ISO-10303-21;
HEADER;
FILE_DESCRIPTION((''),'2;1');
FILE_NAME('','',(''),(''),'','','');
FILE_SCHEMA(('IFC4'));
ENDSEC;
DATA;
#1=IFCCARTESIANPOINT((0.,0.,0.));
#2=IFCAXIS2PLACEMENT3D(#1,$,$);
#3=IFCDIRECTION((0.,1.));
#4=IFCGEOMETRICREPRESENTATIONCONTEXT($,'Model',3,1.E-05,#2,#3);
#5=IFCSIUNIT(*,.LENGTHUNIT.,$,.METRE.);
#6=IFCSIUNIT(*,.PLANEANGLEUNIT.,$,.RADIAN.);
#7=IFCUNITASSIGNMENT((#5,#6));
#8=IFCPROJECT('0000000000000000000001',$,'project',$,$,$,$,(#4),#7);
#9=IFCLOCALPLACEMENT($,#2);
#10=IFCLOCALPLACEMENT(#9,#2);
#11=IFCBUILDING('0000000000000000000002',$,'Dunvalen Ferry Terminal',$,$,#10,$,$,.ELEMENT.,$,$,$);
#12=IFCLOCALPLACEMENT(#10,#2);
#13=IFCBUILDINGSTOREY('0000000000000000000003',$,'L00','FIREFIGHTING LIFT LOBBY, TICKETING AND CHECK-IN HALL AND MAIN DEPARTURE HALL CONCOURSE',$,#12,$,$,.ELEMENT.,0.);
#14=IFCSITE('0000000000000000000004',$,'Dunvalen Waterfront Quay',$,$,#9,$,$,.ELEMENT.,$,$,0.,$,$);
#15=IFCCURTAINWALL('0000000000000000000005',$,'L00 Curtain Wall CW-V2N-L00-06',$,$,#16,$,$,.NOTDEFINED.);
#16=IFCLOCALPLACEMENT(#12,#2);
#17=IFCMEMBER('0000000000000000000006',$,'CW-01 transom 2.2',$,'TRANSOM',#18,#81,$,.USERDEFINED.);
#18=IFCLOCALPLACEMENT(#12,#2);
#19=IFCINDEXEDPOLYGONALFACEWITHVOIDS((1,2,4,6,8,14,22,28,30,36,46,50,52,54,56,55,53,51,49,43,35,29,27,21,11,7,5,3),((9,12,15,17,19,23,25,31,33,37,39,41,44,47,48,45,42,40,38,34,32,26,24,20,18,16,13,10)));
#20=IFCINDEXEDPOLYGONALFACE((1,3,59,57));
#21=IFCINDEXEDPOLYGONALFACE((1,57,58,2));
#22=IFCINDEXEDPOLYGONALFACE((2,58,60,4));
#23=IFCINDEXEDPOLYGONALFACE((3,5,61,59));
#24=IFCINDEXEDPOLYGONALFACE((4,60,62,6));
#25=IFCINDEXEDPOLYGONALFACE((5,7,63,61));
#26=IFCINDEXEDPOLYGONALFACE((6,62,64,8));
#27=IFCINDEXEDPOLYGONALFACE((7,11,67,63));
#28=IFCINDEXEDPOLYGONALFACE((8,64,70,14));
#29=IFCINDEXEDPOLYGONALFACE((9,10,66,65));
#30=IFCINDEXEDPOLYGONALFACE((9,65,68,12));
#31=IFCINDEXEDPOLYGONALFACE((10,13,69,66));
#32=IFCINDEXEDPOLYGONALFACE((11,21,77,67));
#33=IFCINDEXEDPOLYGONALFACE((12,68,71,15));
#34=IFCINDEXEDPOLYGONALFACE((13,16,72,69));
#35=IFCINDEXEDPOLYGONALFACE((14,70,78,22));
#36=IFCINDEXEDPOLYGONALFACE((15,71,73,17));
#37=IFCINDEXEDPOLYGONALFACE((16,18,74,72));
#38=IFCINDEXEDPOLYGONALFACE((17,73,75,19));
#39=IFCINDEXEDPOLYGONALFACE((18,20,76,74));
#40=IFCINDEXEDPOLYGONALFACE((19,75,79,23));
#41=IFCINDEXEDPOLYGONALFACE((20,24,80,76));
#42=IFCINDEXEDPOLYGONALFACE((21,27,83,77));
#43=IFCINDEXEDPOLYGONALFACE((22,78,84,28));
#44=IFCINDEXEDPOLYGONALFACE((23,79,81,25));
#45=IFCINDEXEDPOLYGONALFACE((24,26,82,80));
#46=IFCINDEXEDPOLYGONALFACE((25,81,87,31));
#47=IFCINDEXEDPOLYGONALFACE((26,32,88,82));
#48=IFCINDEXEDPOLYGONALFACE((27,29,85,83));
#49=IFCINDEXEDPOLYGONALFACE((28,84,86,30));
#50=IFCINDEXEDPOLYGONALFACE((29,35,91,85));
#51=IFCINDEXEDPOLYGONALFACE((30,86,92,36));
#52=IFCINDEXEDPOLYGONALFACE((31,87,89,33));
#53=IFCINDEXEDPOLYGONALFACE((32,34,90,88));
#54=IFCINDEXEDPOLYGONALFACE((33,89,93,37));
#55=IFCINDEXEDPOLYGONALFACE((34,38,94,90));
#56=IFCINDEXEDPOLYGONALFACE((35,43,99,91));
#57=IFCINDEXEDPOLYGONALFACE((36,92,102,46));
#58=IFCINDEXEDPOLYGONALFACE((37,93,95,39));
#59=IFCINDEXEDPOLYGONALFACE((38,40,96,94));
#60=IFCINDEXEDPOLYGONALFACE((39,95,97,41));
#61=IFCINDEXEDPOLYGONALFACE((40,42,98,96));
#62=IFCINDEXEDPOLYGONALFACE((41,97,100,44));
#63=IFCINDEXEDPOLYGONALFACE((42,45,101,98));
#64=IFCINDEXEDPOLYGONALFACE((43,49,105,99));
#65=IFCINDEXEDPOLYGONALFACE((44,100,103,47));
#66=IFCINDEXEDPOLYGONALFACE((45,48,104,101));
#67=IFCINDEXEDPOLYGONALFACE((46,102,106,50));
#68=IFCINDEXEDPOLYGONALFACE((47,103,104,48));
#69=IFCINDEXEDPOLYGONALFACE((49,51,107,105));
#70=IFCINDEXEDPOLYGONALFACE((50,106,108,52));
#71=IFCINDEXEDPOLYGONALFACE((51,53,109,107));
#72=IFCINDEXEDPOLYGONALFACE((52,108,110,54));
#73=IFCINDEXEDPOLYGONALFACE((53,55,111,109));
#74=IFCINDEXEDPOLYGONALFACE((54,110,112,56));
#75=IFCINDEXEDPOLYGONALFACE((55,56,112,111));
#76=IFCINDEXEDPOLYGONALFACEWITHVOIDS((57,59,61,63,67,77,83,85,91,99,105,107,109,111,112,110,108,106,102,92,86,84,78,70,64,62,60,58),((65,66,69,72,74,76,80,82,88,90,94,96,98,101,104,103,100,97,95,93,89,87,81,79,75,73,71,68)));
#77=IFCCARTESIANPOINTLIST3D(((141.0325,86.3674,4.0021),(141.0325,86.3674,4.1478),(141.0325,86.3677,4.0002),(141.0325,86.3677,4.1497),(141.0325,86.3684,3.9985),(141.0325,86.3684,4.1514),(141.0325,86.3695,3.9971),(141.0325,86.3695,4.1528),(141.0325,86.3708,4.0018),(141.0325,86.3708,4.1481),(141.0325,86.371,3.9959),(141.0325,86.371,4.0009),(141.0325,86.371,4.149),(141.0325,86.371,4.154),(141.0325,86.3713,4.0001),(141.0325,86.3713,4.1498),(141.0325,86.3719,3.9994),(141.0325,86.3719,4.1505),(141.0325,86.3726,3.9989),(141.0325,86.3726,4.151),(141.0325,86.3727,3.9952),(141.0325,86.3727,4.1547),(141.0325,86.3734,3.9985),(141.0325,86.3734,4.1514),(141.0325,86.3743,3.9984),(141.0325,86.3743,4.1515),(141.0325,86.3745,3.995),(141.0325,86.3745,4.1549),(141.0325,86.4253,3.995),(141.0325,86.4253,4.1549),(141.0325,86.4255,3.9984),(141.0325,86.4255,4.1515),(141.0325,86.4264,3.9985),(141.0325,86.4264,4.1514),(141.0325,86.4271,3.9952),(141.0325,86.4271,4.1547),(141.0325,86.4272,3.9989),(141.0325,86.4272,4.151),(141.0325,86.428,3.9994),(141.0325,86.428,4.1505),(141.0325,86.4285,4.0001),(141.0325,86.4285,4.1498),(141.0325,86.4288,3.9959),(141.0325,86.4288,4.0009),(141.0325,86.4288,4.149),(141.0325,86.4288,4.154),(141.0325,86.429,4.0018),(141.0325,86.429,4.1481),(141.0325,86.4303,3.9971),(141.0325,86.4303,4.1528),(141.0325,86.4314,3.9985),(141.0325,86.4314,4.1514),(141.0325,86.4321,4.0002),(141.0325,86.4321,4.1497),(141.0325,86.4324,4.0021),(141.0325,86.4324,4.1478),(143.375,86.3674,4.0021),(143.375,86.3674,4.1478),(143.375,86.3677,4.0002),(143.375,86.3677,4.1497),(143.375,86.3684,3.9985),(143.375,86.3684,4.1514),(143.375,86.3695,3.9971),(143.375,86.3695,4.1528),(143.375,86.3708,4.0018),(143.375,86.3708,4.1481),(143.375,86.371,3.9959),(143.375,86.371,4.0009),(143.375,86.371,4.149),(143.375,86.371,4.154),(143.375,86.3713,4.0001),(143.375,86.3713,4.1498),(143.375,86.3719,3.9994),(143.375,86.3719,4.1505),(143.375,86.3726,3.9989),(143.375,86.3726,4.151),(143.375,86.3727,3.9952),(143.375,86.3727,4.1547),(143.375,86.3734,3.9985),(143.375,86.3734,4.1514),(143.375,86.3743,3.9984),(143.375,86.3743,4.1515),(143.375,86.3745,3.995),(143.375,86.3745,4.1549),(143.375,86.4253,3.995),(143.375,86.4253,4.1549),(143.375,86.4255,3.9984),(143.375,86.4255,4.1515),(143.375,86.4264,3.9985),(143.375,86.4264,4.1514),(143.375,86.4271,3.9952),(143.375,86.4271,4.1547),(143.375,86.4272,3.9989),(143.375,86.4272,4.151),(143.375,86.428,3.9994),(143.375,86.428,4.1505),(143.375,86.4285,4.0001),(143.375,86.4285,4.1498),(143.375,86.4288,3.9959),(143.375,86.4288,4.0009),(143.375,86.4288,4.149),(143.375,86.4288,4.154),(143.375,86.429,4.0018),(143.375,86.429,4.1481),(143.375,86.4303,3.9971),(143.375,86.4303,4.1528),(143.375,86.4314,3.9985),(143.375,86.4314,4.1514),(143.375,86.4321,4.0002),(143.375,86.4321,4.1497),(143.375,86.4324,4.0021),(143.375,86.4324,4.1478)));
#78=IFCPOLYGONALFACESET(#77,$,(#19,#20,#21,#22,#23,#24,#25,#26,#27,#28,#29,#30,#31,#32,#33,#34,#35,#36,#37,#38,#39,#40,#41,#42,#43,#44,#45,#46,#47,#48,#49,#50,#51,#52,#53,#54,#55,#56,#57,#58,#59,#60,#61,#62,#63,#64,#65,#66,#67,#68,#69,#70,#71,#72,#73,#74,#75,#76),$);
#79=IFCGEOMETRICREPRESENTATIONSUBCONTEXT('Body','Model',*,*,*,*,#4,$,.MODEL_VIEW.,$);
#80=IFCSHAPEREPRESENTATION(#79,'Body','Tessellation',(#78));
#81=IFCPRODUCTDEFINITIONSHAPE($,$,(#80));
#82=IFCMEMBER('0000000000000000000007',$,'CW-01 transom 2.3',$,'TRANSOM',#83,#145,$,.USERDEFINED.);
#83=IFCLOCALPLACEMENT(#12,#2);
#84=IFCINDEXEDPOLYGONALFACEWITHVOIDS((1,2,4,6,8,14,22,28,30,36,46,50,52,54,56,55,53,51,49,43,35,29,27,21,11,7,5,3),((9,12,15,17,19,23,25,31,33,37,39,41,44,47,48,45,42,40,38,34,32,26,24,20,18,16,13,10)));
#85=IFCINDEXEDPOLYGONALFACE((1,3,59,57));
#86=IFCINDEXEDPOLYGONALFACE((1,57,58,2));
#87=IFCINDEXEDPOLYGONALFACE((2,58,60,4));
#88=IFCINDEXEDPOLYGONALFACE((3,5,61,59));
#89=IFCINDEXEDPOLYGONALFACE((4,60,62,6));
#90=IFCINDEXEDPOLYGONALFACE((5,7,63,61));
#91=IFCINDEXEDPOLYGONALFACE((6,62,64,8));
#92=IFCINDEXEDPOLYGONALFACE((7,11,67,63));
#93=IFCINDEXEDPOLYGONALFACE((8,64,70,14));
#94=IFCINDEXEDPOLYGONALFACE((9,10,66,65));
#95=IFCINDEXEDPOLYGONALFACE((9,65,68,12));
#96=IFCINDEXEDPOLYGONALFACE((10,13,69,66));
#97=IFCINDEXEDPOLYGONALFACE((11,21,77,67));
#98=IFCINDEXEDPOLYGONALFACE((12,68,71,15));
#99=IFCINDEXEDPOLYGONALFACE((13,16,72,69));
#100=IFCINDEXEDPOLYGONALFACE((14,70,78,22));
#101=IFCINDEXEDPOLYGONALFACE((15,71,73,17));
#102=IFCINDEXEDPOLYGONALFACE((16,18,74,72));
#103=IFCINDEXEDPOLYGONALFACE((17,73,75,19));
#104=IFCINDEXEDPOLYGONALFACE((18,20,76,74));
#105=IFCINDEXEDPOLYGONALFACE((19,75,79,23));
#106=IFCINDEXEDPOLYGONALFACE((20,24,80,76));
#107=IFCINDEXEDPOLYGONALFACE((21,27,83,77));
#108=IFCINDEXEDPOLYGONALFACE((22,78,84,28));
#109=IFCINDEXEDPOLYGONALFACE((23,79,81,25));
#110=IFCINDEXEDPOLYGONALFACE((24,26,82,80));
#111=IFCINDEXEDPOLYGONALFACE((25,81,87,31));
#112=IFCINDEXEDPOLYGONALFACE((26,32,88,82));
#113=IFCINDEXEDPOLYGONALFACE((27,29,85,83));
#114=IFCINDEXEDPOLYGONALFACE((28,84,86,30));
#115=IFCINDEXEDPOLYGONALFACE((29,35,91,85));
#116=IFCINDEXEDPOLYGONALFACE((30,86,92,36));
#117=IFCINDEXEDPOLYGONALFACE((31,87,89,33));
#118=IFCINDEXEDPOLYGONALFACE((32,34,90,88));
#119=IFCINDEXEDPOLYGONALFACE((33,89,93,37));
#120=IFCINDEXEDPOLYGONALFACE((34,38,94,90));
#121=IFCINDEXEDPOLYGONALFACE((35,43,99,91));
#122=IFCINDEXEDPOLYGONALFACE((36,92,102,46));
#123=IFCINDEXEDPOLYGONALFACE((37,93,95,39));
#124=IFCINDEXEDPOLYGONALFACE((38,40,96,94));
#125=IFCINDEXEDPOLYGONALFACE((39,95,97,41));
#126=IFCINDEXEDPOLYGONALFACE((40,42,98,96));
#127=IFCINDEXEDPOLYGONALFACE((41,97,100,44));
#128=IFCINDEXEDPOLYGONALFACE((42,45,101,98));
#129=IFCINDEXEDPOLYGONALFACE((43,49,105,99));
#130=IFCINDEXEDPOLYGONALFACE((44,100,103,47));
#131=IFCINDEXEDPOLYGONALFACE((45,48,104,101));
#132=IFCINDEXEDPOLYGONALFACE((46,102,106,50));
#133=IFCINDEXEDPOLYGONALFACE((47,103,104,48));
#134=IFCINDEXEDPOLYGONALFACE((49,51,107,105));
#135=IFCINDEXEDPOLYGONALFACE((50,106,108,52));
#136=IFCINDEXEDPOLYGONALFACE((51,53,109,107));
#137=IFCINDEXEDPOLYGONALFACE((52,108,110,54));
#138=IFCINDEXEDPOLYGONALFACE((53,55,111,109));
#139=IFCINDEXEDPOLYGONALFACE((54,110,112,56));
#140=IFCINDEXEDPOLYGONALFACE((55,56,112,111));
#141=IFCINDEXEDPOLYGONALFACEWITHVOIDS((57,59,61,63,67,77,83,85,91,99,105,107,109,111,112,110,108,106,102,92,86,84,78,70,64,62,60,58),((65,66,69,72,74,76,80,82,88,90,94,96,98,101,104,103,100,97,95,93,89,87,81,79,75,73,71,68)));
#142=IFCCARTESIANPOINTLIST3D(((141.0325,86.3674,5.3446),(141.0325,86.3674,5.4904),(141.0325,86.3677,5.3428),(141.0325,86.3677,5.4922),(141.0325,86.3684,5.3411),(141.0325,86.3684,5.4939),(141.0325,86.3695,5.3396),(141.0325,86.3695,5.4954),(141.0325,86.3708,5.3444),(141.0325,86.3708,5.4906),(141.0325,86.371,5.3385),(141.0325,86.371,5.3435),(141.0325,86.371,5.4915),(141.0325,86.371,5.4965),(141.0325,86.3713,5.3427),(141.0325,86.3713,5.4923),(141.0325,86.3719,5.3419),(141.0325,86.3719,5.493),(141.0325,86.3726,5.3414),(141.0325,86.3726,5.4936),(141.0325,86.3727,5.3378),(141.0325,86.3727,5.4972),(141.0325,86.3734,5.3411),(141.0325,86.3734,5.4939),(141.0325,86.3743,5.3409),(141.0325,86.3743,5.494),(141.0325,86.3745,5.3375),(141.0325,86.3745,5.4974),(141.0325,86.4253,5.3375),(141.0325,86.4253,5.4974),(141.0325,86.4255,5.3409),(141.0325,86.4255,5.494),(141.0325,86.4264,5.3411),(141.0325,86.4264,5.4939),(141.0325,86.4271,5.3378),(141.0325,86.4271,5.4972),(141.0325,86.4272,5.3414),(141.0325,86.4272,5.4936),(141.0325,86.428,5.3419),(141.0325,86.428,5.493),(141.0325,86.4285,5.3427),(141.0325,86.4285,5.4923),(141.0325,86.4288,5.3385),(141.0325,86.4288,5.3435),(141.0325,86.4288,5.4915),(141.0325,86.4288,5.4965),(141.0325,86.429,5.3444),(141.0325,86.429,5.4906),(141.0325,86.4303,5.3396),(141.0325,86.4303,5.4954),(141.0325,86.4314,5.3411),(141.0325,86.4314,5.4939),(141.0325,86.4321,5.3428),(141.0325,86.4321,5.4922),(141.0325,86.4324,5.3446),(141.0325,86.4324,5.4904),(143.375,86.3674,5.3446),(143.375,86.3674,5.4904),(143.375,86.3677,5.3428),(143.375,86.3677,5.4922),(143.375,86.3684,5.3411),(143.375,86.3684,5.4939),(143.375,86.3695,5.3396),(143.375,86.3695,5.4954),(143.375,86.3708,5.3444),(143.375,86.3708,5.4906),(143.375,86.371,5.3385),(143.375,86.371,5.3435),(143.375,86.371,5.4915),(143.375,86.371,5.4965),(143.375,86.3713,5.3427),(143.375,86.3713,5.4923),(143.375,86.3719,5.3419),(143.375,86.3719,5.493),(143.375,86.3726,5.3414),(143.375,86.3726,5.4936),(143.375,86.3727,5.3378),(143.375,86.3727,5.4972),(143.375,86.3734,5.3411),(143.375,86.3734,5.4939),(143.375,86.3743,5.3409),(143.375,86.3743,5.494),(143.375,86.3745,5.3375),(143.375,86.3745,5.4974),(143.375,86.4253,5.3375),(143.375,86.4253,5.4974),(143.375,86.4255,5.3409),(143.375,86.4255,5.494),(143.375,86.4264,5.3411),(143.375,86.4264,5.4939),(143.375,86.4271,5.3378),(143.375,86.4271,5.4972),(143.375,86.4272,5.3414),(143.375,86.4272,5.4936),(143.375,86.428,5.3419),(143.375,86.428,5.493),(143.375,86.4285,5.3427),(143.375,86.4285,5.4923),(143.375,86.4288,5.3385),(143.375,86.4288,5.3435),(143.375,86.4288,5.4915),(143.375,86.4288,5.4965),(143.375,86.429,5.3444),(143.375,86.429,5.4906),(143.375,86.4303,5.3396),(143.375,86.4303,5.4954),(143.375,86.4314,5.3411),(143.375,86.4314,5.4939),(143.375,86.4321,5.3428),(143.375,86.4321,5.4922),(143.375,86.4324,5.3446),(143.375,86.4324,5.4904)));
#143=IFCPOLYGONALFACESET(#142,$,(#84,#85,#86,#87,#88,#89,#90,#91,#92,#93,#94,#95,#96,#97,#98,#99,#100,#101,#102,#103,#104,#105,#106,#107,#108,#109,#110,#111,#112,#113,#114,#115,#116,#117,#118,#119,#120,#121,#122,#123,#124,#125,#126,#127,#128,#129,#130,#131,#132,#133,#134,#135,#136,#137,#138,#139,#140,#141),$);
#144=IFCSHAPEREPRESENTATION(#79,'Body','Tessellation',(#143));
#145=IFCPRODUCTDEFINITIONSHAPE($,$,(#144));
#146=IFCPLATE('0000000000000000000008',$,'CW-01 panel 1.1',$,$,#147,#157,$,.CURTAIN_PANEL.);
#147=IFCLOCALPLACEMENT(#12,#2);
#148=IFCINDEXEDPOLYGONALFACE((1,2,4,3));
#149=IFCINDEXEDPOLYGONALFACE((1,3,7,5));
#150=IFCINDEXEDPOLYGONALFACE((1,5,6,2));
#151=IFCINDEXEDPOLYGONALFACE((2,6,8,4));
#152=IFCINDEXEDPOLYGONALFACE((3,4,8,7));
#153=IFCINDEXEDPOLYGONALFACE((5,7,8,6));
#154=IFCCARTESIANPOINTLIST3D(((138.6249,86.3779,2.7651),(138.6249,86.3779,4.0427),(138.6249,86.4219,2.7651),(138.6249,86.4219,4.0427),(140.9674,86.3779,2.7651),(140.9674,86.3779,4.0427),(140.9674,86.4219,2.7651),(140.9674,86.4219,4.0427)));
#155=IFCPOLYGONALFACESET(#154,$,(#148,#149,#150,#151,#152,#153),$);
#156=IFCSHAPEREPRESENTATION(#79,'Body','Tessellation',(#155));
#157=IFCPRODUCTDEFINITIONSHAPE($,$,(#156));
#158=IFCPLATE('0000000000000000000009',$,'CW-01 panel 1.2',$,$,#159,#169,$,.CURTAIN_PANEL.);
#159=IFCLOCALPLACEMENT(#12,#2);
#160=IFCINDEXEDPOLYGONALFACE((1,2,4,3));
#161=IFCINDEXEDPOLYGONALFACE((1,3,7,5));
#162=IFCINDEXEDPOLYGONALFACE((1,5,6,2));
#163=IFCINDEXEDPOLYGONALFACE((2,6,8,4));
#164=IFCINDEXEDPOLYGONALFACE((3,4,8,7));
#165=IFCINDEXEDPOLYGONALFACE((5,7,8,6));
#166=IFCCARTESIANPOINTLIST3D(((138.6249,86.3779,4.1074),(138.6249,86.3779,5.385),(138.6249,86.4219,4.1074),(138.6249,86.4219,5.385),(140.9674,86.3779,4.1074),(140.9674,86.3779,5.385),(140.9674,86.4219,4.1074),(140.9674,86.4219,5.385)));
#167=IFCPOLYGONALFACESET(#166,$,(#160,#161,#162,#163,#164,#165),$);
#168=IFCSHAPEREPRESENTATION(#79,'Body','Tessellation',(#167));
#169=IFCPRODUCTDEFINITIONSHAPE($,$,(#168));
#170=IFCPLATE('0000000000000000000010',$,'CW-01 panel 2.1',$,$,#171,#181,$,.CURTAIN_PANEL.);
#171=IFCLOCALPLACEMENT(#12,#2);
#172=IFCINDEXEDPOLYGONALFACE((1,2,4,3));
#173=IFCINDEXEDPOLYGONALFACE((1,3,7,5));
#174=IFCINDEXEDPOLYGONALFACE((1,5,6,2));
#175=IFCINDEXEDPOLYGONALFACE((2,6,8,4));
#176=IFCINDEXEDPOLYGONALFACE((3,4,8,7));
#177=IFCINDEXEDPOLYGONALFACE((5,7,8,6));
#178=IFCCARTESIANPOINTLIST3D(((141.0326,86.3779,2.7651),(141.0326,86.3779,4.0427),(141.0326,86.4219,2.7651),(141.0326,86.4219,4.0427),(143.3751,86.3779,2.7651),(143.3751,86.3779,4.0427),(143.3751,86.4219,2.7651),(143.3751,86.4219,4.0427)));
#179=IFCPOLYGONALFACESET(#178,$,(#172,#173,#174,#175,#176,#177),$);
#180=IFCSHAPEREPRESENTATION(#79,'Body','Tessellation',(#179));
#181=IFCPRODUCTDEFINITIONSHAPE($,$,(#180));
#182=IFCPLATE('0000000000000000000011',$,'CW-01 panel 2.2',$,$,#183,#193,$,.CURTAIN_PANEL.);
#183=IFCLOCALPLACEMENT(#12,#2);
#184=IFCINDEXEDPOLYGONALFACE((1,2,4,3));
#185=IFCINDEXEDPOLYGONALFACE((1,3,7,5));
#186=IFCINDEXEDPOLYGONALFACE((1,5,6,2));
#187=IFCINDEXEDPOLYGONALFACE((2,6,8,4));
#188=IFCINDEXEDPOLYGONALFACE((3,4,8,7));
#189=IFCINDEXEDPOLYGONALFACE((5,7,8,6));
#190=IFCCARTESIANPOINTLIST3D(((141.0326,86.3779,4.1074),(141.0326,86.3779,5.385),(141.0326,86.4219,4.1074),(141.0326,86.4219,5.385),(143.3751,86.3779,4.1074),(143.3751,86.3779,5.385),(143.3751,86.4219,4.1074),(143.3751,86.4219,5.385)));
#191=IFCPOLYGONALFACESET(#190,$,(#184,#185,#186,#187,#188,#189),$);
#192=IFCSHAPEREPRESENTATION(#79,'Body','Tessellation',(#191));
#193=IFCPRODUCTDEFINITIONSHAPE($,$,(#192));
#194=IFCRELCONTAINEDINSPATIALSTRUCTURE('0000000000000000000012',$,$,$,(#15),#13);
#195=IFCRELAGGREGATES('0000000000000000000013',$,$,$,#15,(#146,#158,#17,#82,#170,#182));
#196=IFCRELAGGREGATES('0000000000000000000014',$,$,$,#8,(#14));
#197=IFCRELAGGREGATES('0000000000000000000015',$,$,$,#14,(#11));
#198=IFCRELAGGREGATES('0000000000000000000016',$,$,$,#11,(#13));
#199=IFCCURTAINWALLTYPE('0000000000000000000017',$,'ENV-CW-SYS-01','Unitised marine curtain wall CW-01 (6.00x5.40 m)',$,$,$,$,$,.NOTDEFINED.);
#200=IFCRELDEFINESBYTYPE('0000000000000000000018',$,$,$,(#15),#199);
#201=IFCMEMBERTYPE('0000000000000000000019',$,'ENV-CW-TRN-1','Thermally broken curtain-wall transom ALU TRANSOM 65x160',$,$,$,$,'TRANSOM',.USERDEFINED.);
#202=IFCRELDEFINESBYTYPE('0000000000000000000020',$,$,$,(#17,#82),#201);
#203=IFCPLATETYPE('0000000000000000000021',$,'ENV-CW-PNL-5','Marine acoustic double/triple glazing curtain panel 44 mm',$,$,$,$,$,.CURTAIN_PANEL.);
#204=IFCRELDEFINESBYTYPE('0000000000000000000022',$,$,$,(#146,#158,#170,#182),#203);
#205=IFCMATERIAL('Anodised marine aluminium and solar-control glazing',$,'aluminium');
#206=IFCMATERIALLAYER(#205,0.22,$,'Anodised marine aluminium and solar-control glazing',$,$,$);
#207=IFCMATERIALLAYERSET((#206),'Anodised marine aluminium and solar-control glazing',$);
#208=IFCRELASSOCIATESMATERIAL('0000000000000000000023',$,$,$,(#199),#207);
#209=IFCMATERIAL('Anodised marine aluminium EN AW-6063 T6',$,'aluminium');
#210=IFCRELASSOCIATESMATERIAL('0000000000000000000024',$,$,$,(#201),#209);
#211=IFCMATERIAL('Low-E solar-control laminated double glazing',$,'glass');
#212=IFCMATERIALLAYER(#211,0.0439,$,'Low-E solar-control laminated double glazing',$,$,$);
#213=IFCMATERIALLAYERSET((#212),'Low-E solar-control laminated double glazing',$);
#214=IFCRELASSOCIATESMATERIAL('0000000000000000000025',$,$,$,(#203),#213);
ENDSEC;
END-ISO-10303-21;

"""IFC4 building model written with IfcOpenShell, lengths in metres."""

from ifc_helpers import new_model, si_unit, direction, frame, origin, origin_2d, place, context, subcontext, project, spatial, rectangle, hollow_rectangle, extrude, material, layer, layer_set, material_profile, profile_set, type_object, element, aggregate, save


model = new_model("IFC4")

# Units and contexts
model_context = context("Model", 3, precision=1e-05, world=origin(), true_north=direction((0.0, 1.0)))
body_context = subcontext(model_context, "Body", "Model", "MODEL_VIEW")
ifc_project = project(units=[si_unit("LENGTHUNIT", "METRE"), si_unit("PLANEANGLEUNIT", "RADIAN")], contexts=[model_context])

# Site, building, storey
site_placement = place(None, origin())
site = spatial("IfcSite", under=ifc_project, at=site_placement, Name="Dunvalen Waterfront Quay", CompositionType="ELEMENT", RefElevation=0.0)
building_placement = place(site_placement, origin())
building = spatial("IfcBuilding", under=site, at=building_placement, Name="Dunvalen Ferry Terminal", CompositionType="ELEMENT")
storey_placement = place(building_placement, origin())
storey = spatial("IfcBuildingStorey", under=building, at=storey_placement, Name="L00", Description="FIREFIGHTING LIFT LOBBY, TICKETING AND CHECK-IN HALL AND MAIN DEPARTURE HALL CONCOURSE", CompositionType="ELEMENT", Elevation=0.0)

# Curtain wall, members, plates
ifc_material_1 = material(Name="Anodised marine aluminium and solar-control glazing", Category="aluminium")
ifc_layer_1 = layer(ifc_material_1, 0.22, Name="Anodised marine aluminium and solar-control glazing")
ifc_layer_set_1 = layer_set([ifc_layer_1], Name="Anodised marine aluminium and solar-control glazing")
curtain_wall_type = type_object("IfcCurtainWallType", Name="ENV-CW-SYS-01", Description="Unitised marine curtain wall CW-01 (6.00x5.40 m)", PredefinedType="NOTDEFINED", material=ifc_layer_set_1)
curtain_wall_placement = place(storey_placement, origin())
curtain_wall = element("IfcCurtainWall", 1, at=curtain_wall_placement, inside=storey, type_object=curtain_wall_type, Name="L00 Curtain Wall CW-V2N-L00-06", PredefinedType="NOTDEFINED")
ifc_material_2 = material(Name="Anodised marine aluminium EN AW-6063 T6", Category="aluminium")
ifc_material_profile_1 = material_profile(ifc_material_2, hollow_rectangle(XDim=0.0649, YDim=0.1599, WallThickness=0.0034, InnerFilletRadius=0.0034, OuterFilletRadius=0.0071, at=origin_2d()), Name="Anodised marine aluminium EN AW-6063 T6")
ifc_profile_set_1 = profile_set([ifc_material_profile_1], Name="Anodised marine aluminium EN AW-6063 T6")
member_type_1 = type_object("IfcMemberType", Name="ENV-CW-TRN-1", Description="Thermally broken curtain-wall transom ALU TRANSOM 65x160", ElementType="TRANSOM", PredefinedType="USERDEFINED", material=ifc_profile_set_1)
member_1_placement = place(storey_placement, frame((141.0325, 86.3999, 4.075), z_axis=(1.0, 0.0, 0.0), x_axis=(0.0, 1.0, 0.0)))
member_1 = element("IfcMember", 2, at=member_1_placement, type_object=member_type_1, Name="CW-01 transom 2.2", ObjectType="TRANSOM", PredefinedType="USERDEFINED", context=body_context, shape_type="SweptSolid", body=[
    extrude(hollow_rectangle(XDim=0.0649, YDim=0.1599, WallThickness=0.0034, InnerFilletRadius=0.0034, OuterFilletRadius=0.0071, at=origin_2d()), origin(), (0.0, 0.0, 1.0), 2.3425),
])
member_2_placement = place(storey_placement, frame((141.0325, 86.3999, 5.4175), z_axis=(1.0, 0.0, 0.0), x_axis=(0.0, 1.0, 0.0)))
member_2 = element("IfcMember", 3, at=member_2_placement, type_object=member_type_1, Name="CW-01 transom 2.3", ObjectType="TRANSOM", PredefinedType="USERDEFINED", context=body_context, shape_type="SweptSolid", body=[
    extrude(hollow_rectangle(XDim=0.0649, YDim=0.1599, WallThickness=0.0034, InnerFilletRadius=0.0034, OuterFilletRadius=0.0071, at=origin_2d()), origin(), (0.0, 0.0, 1.0), 2.3425),
])
ifc_material_3 = material(Name="Low-E solar-control laminated double glazing", Category="glass")
ifc_layer_2 = layer(ifc_material_3, 0.0439, Name="Low-E solar-control laminated double glazing")
ifc_layer_set_2 = layer_set([ifc_layer_2], Name="Low-E solar-control laminated double glazing")
plate_type = type_object("IfcPlateType", Name="ENV-CW-PNL-5", Description="Marine acoustic double/triple glazing curtain panel 44 mm", PredefinedType="CURTAIN_PANEL", material=ifc_layer_set_2)
plate_1_placement = place(storey_placement, frame((139.7961, 86.3999, 2.7651), z_axis=(0.0, 0.0, 1.0), x_axis=(1.0, 0.0, 0.0)))
plate_1 = element("IfcPlate", 4, at=plate_1_placement, type_object=plate_type, Name="CW-01 panel 1.1", PredefinedType="CURTAIN_PANEL", context=body_context, shape_type="SweptSolid", body=[
    extrude(rectangle(XDim=2.3425, YDim=0.0439, at=origin_2d()), origin(), (0.0, 0.0, 1.0), 1.2776),
])
plate_2_placement = place(storey_placement, frame((139.7961, 86.3999, 4.1074), z_axis=(0.0, 0.0, 1.0), x_axis=(1.0, 0.0, 0.0)))
plate_2 = element("IfcPlate", 5, at=plate_2_placement, type_object=plate_type, Name="CW-01 panel 1.2", PredefinedType="CURTAIN_PANEL", context=body_context, shape_type="SweptSolid", body=[
    extrude(rectangle(XDim=2.3425, YDim=0.0439, at=origin_2d()), origin(), (0.0, 0.0, 1.0), 1.2776),
])
plate_3_placement = place(storey_placement, frame((142.2039, 86.3999, 2.7651), z_axis=(0.0, 0.0, 1.0), x_axis=(1.0, 0.0, 0.0)))
plate_3 = element("IfcPlate", 6, at=plate_3_placement, type_object=plate_type, Name="CW-01 panel 2.1", PredefinedType="CURTAIN_PANEL", context=body_context, shape_type="SweptSolid", body=[
    extrude(rectangle(XDim=2.3425, YDim=0.0439, at=origin_2d()), origin(), (0.0, 0.0, 1.0), 1.2776),
])
plate_4_placement = place(storey_placement, frame((142.2039, 86.3999, 4.1074), z_axis=(0.0, 0.0, 1.0), x_axis=(1.0, 0.0, 0.0)))
plate_4 = element("IfcPlate", 7, at=plate_4_placement, type_object=plate_type, Name="CW-01 panel 2.2", PredefinedType="CURTAIN_PANEL", context=body_context, shape_type="SweptSolid", body=[
    extrude(rectangle(XDim=2.3425, YDim=0.0439, at=origin_2d()), origin(), (0.0, 0.0, 1.0), 1.2776),
])
aggregate(curtain_wall, [plate_1, plate_2, member_1, member_2, plate_3, plate_4])

save(model, "model.ifc")
